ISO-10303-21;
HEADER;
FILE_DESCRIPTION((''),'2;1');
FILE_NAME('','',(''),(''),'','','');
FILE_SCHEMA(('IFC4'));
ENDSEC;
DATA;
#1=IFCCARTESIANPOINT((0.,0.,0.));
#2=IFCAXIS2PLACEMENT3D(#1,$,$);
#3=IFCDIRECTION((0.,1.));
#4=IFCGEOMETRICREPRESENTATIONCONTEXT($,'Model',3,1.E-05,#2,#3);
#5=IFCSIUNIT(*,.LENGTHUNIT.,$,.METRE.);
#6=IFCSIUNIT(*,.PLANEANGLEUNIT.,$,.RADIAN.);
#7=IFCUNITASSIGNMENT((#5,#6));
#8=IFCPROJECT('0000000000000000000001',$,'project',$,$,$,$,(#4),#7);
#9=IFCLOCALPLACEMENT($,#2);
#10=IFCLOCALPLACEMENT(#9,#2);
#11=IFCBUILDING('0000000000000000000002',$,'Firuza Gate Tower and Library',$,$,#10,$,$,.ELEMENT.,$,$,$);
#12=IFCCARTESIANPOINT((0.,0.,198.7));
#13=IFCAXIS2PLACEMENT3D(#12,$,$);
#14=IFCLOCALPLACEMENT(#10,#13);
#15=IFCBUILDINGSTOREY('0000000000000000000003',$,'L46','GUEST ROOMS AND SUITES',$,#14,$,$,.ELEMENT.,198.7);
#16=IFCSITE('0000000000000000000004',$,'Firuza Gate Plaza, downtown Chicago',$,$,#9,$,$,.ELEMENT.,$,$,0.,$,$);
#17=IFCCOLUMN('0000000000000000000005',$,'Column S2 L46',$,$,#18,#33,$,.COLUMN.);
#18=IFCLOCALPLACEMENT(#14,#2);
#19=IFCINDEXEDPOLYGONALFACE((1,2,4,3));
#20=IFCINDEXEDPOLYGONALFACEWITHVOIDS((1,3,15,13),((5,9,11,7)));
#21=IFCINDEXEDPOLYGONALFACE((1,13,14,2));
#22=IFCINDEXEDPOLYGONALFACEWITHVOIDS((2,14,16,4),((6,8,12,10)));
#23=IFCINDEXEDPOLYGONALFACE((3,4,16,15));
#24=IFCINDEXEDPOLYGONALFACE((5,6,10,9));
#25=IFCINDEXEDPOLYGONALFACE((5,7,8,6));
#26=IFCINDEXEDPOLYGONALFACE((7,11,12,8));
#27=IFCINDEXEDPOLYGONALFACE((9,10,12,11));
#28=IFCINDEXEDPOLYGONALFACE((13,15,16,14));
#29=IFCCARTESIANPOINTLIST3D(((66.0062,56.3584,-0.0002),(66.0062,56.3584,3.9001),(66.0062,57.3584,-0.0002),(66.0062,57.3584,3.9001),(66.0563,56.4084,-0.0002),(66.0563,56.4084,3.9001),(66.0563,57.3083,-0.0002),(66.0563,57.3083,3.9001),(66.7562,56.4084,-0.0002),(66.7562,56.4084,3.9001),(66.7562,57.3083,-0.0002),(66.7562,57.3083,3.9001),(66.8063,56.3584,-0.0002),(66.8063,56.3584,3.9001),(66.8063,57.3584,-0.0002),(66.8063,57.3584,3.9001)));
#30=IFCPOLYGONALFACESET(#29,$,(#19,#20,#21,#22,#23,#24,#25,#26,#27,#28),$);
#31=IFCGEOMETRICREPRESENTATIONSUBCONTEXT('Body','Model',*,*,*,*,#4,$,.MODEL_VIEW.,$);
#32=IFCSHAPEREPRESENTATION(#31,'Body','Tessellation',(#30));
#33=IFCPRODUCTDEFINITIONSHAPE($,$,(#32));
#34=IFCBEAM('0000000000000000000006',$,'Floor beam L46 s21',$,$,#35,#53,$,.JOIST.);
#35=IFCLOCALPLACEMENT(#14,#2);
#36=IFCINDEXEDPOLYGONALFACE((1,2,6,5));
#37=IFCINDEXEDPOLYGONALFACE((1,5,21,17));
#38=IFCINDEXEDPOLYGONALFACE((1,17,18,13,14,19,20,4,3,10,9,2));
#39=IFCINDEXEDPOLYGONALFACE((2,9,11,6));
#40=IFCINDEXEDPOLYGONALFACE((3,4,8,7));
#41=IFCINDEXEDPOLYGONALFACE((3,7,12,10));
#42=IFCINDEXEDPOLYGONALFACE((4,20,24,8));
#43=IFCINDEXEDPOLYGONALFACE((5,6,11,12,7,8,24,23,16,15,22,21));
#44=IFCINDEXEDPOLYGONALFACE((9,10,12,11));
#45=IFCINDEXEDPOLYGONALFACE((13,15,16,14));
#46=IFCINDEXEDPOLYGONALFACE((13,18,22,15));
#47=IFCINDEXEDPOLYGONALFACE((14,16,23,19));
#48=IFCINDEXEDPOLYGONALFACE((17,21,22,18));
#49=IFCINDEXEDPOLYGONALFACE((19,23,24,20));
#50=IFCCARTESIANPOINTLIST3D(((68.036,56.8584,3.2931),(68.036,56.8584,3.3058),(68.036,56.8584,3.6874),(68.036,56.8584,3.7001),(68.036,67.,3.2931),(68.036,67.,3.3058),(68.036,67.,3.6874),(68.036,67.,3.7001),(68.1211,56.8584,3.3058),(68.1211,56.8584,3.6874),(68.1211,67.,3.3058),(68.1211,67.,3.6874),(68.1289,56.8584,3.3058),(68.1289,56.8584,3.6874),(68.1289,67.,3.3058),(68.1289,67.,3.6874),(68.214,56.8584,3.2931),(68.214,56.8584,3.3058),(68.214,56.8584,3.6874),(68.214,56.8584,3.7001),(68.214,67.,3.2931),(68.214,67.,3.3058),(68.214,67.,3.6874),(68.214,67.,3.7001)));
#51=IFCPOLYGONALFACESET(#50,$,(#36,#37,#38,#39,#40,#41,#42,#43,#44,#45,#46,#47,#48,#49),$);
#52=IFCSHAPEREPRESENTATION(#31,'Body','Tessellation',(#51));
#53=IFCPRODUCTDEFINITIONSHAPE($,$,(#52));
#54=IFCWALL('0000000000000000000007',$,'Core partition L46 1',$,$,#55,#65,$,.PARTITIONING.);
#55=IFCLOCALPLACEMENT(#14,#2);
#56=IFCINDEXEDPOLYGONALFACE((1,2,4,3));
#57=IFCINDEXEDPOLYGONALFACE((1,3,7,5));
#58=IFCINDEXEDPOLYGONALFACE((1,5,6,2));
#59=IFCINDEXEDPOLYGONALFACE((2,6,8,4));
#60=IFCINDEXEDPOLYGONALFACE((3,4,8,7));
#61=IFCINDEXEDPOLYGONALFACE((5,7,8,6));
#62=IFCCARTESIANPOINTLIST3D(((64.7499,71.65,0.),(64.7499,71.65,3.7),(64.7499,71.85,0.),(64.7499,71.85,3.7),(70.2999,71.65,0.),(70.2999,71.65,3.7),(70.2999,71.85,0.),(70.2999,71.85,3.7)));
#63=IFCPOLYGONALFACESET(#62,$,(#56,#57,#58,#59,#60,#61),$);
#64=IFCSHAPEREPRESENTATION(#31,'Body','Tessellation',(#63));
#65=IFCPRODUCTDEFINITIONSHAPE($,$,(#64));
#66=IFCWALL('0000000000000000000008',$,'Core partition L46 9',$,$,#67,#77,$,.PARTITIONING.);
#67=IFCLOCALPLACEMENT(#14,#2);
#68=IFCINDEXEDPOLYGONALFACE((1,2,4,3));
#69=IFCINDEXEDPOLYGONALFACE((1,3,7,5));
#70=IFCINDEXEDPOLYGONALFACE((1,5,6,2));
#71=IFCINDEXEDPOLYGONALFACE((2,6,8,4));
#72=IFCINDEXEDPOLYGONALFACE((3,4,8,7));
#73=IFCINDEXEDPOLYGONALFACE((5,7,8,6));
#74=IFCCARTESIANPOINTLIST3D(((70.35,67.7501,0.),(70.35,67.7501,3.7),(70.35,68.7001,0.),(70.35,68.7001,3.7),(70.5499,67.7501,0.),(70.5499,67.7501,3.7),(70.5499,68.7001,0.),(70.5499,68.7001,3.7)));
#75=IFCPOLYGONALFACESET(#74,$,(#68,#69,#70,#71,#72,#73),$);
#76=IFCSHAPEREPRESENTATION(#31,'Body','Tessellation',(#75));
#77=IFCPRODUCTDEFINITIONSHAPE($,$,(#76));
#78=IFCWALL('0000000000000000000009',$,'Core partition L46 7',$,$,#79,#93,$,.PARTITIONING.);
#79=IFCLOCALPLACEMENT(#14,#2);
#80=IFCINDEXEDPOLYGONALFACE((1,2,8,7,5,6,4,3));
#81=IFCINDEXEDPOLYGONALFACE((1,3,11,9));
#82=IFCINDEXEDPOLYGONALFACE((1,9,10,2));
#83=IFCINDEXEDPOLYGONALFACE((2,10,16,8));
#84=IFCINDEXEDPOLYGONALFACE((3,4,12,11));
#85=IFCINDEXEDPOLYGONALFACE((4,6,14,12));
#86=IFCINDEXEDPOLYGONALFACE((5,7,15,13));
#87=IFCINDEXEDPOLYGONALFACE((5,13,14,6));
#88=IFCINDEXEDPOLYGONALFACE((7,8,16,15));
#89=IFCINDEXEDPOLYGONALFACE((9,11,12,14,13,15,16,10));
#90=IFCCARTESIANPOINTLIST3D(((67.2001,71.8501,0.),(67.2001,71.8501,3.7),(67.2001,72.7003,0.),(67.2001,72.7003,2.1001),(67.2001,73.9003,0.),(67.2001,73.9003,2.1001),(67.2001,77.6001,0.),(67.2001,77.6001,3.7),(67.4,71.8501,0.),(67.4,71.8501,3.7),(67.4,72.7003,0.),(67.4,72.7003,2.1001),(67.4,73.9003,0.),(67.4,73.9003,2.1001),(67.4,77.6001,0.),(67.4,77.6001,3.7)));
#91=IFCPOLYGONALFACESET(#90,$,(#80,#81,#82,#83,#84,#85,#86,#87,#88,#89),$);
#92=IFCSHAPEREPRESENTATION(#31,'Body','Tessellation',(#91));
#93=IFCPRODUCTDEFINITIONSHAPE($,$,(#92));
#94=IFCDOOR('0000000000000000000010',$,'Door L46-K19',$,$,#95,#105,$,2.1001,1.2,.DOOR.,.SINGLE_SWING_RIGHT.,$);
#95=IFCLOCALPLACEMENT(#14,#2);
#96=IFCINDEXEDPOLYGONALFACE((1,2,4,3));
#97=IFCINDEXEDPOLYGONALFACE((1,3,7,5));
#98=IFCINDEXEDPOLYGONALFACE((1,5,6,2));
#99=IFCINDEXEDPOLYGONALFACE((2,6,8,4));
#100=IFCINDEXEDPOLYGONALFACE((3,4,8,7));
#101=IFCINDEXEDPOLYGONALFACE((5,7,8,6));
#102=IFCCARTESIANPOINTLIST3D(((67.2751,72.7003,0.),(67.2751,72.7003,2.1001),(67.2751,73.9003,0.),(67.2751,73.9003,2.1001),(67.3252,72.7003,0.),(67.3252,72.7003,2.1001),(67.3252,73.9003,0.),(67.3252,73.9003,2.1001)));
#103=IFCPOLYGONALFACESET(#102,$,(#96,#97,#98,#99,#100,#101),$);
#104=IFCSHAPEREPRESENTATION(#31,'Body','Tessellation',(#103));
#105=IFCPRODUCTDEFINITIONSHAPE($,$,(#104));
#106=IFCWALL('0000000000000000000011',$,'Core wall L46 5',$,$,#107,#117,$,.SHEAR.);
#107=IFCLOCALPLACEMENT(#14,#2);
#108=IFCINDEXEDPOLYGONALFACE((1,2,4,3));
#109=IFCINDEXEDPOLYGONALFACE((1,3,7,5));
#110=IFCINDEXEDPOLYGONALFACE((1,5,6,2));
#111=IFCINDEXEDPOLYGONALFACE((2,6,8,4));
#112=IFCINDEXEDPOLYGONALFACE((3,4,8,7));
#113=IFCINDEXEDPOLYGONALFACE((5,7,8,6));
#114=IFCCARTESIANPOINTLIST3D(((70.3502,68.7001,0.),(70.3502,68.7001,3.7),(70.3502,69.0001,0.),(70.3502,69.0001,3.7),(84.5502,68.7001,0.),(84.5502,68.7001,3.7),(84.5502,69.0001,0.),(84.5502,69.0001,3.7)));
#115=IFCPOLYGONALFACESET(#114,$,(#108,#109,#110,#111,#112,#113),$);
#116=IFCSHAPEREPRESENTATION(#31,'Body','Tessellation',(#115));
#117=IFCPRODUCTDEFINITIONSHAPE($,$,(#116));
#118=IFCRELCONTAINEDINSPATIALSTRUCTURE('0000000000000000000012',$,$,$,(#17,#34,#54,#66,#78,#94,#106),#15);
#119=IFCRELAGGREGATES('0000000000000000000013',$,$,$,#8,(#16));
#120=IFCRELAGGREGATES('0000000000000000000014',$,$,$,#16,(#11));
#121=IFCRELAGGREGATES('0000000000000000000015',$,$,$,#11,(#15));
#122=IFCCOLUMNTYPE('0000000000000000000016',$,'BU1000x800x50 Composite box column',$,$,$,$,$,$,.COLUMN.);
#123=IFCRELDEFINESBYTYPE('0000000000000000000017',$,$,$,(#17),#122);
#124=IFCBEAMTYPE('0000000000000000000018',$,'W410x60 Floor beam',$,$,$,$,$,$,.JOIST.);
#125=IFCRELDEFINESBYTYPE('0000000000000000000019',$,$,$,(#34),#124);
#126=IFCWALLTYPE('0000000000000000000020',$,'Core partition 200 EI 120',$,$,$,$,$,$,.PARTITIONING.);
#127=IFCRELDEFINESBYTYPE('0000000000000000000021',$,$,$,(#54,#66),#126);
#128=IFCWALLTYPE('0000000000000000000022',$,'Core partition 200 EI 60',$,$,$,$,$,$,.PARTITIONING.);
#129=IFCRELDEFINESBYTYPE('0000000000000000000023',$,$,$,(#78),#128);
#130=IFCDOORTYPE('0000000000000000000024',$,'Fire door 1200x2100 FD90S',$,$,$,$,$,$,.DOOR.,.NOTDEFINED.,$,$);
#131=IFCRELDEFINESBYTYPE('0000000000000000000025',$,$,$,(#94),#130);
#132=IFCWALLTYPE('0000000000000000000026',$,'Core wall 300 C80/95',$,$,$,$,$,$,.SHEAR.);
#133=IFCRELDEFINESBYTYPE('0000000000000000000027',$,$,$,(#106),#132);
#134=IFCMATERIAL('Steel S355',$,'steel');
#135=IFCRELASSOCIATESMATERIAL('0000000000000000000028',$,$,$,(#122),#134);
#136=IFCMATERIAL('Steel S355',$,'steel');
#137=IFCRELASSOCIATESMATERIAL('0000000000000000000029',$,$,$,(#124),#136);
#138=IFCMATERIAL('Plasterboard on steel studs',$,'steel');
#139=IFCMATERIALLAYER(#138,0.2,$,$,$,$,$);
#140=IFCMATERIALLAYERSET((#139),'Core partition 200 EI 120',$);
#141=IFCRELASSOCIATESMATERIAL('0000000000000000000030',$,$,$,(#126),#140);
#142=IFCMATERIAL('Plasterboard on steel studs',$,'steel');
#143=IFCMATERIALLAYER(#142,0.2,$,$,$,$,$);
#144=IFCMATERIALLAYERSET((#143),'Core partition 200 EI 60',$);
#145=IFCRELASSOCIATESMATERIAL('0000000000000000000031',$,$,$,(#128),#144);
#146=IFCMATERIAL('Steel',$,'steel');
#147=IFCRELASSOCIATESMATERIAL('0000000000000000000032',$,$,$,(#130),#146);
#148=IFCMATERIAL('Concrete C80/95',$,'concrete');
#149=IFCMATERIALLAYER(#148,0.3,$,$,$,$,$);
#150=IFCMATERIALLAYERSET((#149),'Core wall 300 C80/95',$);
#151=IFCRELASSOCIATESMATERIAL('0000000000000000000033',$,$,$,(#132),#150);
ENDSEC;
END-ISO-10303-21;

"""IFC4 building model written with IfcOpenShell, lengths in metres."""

from ifc_helpers import new_model, si_unit, direction, frame, frame_2d, origin, origin_2d, place, context, subcontext, project, spatial, rectangle, hollow_rectangle, i_section, extrude, material, layer, layer_set, material_profile, profile_set, type_object, element, fill, save


model = new_model("IFC4")

# Units and contexts
model_context = context("Model", 3, precision=1e-05, world=origin(), true_north=direction((0.0, 1.0)))
body_context = subcontext(model_context, "Body", "Model", "MODEL_VIEW")
ifc_project = project(units=[si_unit("LENGTHUNIT", "METRE"), si_unit("PLANEANGLEUNIT", "RADIAN")], contexts=[model_context])

# Site, building, storey
site_placement = place(None, origin())
site = spatial("IfcSite", under=ifc_project, at=site_placement, Name="Firuza Gate Plaza, downtown Chicago", CompositionType="ELEMENT", RefElevation=0.0)
building_placement = place(site_placement, origin())
building = spatial("IfcBuilding", under=site, at=building_placement, Name="Firuza Gate Tower and Library", CompositionType="ELEMENT")
storey_placement = place(building_placement, frame((0.0, 0.0, 198.7)))
storey = spatial("IfcBuildingStorey", under=building, at=storey_placement, Name="L46", Description="GUEST ROOMS AND SUITES", CompositionType="ELEMENT", Elevation=198.7)

# Column
ifc_material_1 = material(Name="Steel S355", Category="steel")
ifc_material_profile_1 = material_profile(ifc_material_1, hollow_rectangle(XDim=0.8, YDim=1.0, WallThickness=0.05, at=origin_2d()))
ifc_profile_set_1 = profile_set([ifc_material_profile_1], Name="Steel S355")
column_type = type_object("IfcColumnType", Name="BU1000x800x50 Composite box column", PredefinedType="COLUMN", material=ifc_profile_set_1)
column_placement = place(storey_placement, frame((66.4062, 56.8584, -0.0002), z_axis=(0.0, 0.0, 1.0), x_axis=(1.0, 0.0, 0.0)))
element("IfcColumn", 1, at=column_placement, inside=storey, type_object=column_type, Name="Column S2 L46", PredefinedType="COLUMN", context=body_context, shape_type="SweptSolid", body=[
    extrude(hollow_rectangle(XDim=0.8, YDim=1.0, WallThickness=0.05, at=origin_2d()), origin(), (0.0, 0.0, 1.0), 3.9004),
])

# Beam
ifc_material_2 = material(Name="Steel S355", Category="steel")
ifc_material_profile_2 = material_profile(ifc_material_2, i_section(OverallWidth=0.178, OverallDepth=0.407, WebThickness=0.0078, FlangeThickness=0.0127, at=origin_2d()))
ifc_profile_set_2 = profile_set([ifc_material_profile_2], Name="Steel S355")
beam_type = type_object("IfcBeamType", Name="W410x60 Floor beam", PredefinedType="JOIST", material=ifc_profile_set_2)
beam_placement = place(storey_placement, frame((68.125, 56.8584, 3.4966), z_axis=(0.0, 1.0, 0.0), x_axis=(-1.0, 0.0, 0.0)))
element("IfcBeam", 2, at=beam_placement, inside=storey, type_object=beam_type, Name="Floor beam L46 s21", PredefinedType="JOIST", context=body_context, shape_type="SweptSolid", body=[
    extrude(i_section(OverallWidth=0.178, OverallDepth=0.407, WebThickness=0.0078, FlangeThickness=0.0127, at=origin_2d()), origin(), (0.0, 0.0, 1.0), 10.1416),
])

# Walls
ifc_material_3 = material(Name="Plasterboard on steel studs", Category="steel")
ifc_layer_1 = layer(ifc_material_3, 0.2)
ifc_layer_set_1 = layer_set([ifc_layer_1], Name="Core partition 200 EI 120")
wall_type_1 = type_object("IfcWallType", Name="Core partition 200 EI 120", PredefinedType="PARTITIONING", material=ifc_layer_set_1)
wall_1_placement = place(storey_placement, frame((64.75, 71.75, 0.0), z_axis=(0.0, 0.0, 1.0), x_axis=(1.0, 0.0, 0.0)))
element("IfcWall", 3, at=wall_1_placement, inside=storey, type_object=wall_type_1, Name="Core partition L46 1", PredefinedType="PARTITIONING", context=body_context, shape_type="SweptSolid", body=[
    extrude(rectangle(XDim=5.55, YDim=0.2, at=frame_2d((2.7749, 0.0))), origin(), (0.0, 0.0, 1.0), 3.7),
])
wall_2_placement = place(storey_placement, frame((70.45, 67.75, 0.0), z_axis=(0.0, 0.0, 1.0), x_axis=(0.0, 1.0, 0.0)))
element("IfcWall", 4, at=wall_2_placement, inside=storey, type_object=wall_type_1, Name="Core partition L46 9", PredefinedType="PARTITIONING", context=body_context, shape_type="SweptSolid", body=[
    extrude(rectangle(XDim=0.95, YDim=0.2, at=frame_2d((0.4751, 0.0))), origin(), (0.0, 0.0, 1.0), 3.7),
])

# Wall, opening, door
ifc_material_4 = material(Name="Plasterboard on steel studs", Category="steel")
ifc_layer_2 = layer(ifc_material_4, 0.2)
ifc_layer_set_2 = layer_set([ifc_layer_2], Name="Core partition 200 EI 60")
wall_type_2 = type_object("IfcWallType", Name="Core partition 200 EI 60", PredefinedType="PARTITIONING", material=ifc_layer_set_2)
wall_3_placement = place(storey_placement, frame((67.3, 71.8501, 0.0), z_axis=(0.0, 0.0, 1.0), x_axis=(0.0, 1.0, 0.0)))
wall_3 = element("IfcWall", 5, at=wall_3_placement, inside=storey, type_object=wall_type_2, Name="Core partition L46 7", PredefinedType="PARTITIONING", context=body_context, shape_type="SweptSolid", body=[
    extrude(rectangle(XDim=5.75, YDim=0.2, at=frame_2d((2.875, 0.0))), origin(), (0.0, 0.0, 1.0), 3.7),
])
opening_1_placement = place(wall_3_placement, frame((0.8501, 0.0, 0.0)))
opening_1 = element("IfcOpeningElement", 6, at=opening_1_placement, cuts=wall_3, PredefinedType="OPENING", context=body_context, shape_type="SweptSolid", body=[
    extrude(rectangle(XDim=1.2, YDim=2.1001, at=frame_2d((0.6001, 1.05))), frame((0.0, 0.1099, 0.0), z_axis=(0.0, -1.0, 0.0), x_axis=(1.0, 0.0, 0.0)), (0.0, 0.0, 1.0), 0.22),
])
ifc_material_5 = material(Name="Steel", Category="steel")
door_type_1 = type_object("IfcDoorType", Name="Fire door 1200x2100 FD90S", OperationType="NOTDEFINED", PredefinedType="DOOR", material=ifc_material_5)
door_1_placement = place(opening_1_placement, origin())
door_1 = element("IfcDoor", 7, at=door_1_placement, inside=storey, type_object=door_type_1, Name="Door L46-K19", OperationType="SINGLE_SWING_RIGHT", OverallHeight=2.1001, OverallWidth=1.2, PredefinedType="DOOR", context=body_context, shape_type="SweptSolid", body=[
    extrude(rectangle(XDim=1.2, YDim=2.1001, at=frame_2d((0.6001, 1.05))), frame((0.0, 0.0249, 0.0), z_axis=(0.0, -1.0, 0.0), x_axis=(1.0, 0.0, 0.0)), (0.0, 0.0, 1.0), 0.05),
])
fill(opening_1, door_1)

# Wall
ifc_material_6 = material(Name="Concrete C80/95", Category="concrete")
ifc_layer_3 = layer(ifc_material_6, 0.3)
ifc_layer_set_3 = layer_set([ifc_layer_3], Name="Core wall 300 C80/95")
wall_type_3 = type_object("IfcWallType", Name="Core wall 300 C80/95", PredefinedType="SHEAR", material=ifc_layer_set_3)
wall_4_placement = place(storey_placement, frame((70.3501, 68.8501, 0.0), z_axis=(0.0, 0.0, 1.0), x_axis=(1.0, 0.0, 0.0)))
element("IfcWall", 8, at=wall_4_placement, inside=storey, type_object=wall_type_3, Name="Core wall L46 5", PredefinedType="SHEAR", context=body_context, shape_type="SweptSolid", body=[
    extrude(rectangle(XDim=14.2, YDim=0.3, at=frame_2d((7.1001, 0.0))), origin(), (0.0, 0.0, 1.0), 3.7),
])

save(model, "model.ifc")
